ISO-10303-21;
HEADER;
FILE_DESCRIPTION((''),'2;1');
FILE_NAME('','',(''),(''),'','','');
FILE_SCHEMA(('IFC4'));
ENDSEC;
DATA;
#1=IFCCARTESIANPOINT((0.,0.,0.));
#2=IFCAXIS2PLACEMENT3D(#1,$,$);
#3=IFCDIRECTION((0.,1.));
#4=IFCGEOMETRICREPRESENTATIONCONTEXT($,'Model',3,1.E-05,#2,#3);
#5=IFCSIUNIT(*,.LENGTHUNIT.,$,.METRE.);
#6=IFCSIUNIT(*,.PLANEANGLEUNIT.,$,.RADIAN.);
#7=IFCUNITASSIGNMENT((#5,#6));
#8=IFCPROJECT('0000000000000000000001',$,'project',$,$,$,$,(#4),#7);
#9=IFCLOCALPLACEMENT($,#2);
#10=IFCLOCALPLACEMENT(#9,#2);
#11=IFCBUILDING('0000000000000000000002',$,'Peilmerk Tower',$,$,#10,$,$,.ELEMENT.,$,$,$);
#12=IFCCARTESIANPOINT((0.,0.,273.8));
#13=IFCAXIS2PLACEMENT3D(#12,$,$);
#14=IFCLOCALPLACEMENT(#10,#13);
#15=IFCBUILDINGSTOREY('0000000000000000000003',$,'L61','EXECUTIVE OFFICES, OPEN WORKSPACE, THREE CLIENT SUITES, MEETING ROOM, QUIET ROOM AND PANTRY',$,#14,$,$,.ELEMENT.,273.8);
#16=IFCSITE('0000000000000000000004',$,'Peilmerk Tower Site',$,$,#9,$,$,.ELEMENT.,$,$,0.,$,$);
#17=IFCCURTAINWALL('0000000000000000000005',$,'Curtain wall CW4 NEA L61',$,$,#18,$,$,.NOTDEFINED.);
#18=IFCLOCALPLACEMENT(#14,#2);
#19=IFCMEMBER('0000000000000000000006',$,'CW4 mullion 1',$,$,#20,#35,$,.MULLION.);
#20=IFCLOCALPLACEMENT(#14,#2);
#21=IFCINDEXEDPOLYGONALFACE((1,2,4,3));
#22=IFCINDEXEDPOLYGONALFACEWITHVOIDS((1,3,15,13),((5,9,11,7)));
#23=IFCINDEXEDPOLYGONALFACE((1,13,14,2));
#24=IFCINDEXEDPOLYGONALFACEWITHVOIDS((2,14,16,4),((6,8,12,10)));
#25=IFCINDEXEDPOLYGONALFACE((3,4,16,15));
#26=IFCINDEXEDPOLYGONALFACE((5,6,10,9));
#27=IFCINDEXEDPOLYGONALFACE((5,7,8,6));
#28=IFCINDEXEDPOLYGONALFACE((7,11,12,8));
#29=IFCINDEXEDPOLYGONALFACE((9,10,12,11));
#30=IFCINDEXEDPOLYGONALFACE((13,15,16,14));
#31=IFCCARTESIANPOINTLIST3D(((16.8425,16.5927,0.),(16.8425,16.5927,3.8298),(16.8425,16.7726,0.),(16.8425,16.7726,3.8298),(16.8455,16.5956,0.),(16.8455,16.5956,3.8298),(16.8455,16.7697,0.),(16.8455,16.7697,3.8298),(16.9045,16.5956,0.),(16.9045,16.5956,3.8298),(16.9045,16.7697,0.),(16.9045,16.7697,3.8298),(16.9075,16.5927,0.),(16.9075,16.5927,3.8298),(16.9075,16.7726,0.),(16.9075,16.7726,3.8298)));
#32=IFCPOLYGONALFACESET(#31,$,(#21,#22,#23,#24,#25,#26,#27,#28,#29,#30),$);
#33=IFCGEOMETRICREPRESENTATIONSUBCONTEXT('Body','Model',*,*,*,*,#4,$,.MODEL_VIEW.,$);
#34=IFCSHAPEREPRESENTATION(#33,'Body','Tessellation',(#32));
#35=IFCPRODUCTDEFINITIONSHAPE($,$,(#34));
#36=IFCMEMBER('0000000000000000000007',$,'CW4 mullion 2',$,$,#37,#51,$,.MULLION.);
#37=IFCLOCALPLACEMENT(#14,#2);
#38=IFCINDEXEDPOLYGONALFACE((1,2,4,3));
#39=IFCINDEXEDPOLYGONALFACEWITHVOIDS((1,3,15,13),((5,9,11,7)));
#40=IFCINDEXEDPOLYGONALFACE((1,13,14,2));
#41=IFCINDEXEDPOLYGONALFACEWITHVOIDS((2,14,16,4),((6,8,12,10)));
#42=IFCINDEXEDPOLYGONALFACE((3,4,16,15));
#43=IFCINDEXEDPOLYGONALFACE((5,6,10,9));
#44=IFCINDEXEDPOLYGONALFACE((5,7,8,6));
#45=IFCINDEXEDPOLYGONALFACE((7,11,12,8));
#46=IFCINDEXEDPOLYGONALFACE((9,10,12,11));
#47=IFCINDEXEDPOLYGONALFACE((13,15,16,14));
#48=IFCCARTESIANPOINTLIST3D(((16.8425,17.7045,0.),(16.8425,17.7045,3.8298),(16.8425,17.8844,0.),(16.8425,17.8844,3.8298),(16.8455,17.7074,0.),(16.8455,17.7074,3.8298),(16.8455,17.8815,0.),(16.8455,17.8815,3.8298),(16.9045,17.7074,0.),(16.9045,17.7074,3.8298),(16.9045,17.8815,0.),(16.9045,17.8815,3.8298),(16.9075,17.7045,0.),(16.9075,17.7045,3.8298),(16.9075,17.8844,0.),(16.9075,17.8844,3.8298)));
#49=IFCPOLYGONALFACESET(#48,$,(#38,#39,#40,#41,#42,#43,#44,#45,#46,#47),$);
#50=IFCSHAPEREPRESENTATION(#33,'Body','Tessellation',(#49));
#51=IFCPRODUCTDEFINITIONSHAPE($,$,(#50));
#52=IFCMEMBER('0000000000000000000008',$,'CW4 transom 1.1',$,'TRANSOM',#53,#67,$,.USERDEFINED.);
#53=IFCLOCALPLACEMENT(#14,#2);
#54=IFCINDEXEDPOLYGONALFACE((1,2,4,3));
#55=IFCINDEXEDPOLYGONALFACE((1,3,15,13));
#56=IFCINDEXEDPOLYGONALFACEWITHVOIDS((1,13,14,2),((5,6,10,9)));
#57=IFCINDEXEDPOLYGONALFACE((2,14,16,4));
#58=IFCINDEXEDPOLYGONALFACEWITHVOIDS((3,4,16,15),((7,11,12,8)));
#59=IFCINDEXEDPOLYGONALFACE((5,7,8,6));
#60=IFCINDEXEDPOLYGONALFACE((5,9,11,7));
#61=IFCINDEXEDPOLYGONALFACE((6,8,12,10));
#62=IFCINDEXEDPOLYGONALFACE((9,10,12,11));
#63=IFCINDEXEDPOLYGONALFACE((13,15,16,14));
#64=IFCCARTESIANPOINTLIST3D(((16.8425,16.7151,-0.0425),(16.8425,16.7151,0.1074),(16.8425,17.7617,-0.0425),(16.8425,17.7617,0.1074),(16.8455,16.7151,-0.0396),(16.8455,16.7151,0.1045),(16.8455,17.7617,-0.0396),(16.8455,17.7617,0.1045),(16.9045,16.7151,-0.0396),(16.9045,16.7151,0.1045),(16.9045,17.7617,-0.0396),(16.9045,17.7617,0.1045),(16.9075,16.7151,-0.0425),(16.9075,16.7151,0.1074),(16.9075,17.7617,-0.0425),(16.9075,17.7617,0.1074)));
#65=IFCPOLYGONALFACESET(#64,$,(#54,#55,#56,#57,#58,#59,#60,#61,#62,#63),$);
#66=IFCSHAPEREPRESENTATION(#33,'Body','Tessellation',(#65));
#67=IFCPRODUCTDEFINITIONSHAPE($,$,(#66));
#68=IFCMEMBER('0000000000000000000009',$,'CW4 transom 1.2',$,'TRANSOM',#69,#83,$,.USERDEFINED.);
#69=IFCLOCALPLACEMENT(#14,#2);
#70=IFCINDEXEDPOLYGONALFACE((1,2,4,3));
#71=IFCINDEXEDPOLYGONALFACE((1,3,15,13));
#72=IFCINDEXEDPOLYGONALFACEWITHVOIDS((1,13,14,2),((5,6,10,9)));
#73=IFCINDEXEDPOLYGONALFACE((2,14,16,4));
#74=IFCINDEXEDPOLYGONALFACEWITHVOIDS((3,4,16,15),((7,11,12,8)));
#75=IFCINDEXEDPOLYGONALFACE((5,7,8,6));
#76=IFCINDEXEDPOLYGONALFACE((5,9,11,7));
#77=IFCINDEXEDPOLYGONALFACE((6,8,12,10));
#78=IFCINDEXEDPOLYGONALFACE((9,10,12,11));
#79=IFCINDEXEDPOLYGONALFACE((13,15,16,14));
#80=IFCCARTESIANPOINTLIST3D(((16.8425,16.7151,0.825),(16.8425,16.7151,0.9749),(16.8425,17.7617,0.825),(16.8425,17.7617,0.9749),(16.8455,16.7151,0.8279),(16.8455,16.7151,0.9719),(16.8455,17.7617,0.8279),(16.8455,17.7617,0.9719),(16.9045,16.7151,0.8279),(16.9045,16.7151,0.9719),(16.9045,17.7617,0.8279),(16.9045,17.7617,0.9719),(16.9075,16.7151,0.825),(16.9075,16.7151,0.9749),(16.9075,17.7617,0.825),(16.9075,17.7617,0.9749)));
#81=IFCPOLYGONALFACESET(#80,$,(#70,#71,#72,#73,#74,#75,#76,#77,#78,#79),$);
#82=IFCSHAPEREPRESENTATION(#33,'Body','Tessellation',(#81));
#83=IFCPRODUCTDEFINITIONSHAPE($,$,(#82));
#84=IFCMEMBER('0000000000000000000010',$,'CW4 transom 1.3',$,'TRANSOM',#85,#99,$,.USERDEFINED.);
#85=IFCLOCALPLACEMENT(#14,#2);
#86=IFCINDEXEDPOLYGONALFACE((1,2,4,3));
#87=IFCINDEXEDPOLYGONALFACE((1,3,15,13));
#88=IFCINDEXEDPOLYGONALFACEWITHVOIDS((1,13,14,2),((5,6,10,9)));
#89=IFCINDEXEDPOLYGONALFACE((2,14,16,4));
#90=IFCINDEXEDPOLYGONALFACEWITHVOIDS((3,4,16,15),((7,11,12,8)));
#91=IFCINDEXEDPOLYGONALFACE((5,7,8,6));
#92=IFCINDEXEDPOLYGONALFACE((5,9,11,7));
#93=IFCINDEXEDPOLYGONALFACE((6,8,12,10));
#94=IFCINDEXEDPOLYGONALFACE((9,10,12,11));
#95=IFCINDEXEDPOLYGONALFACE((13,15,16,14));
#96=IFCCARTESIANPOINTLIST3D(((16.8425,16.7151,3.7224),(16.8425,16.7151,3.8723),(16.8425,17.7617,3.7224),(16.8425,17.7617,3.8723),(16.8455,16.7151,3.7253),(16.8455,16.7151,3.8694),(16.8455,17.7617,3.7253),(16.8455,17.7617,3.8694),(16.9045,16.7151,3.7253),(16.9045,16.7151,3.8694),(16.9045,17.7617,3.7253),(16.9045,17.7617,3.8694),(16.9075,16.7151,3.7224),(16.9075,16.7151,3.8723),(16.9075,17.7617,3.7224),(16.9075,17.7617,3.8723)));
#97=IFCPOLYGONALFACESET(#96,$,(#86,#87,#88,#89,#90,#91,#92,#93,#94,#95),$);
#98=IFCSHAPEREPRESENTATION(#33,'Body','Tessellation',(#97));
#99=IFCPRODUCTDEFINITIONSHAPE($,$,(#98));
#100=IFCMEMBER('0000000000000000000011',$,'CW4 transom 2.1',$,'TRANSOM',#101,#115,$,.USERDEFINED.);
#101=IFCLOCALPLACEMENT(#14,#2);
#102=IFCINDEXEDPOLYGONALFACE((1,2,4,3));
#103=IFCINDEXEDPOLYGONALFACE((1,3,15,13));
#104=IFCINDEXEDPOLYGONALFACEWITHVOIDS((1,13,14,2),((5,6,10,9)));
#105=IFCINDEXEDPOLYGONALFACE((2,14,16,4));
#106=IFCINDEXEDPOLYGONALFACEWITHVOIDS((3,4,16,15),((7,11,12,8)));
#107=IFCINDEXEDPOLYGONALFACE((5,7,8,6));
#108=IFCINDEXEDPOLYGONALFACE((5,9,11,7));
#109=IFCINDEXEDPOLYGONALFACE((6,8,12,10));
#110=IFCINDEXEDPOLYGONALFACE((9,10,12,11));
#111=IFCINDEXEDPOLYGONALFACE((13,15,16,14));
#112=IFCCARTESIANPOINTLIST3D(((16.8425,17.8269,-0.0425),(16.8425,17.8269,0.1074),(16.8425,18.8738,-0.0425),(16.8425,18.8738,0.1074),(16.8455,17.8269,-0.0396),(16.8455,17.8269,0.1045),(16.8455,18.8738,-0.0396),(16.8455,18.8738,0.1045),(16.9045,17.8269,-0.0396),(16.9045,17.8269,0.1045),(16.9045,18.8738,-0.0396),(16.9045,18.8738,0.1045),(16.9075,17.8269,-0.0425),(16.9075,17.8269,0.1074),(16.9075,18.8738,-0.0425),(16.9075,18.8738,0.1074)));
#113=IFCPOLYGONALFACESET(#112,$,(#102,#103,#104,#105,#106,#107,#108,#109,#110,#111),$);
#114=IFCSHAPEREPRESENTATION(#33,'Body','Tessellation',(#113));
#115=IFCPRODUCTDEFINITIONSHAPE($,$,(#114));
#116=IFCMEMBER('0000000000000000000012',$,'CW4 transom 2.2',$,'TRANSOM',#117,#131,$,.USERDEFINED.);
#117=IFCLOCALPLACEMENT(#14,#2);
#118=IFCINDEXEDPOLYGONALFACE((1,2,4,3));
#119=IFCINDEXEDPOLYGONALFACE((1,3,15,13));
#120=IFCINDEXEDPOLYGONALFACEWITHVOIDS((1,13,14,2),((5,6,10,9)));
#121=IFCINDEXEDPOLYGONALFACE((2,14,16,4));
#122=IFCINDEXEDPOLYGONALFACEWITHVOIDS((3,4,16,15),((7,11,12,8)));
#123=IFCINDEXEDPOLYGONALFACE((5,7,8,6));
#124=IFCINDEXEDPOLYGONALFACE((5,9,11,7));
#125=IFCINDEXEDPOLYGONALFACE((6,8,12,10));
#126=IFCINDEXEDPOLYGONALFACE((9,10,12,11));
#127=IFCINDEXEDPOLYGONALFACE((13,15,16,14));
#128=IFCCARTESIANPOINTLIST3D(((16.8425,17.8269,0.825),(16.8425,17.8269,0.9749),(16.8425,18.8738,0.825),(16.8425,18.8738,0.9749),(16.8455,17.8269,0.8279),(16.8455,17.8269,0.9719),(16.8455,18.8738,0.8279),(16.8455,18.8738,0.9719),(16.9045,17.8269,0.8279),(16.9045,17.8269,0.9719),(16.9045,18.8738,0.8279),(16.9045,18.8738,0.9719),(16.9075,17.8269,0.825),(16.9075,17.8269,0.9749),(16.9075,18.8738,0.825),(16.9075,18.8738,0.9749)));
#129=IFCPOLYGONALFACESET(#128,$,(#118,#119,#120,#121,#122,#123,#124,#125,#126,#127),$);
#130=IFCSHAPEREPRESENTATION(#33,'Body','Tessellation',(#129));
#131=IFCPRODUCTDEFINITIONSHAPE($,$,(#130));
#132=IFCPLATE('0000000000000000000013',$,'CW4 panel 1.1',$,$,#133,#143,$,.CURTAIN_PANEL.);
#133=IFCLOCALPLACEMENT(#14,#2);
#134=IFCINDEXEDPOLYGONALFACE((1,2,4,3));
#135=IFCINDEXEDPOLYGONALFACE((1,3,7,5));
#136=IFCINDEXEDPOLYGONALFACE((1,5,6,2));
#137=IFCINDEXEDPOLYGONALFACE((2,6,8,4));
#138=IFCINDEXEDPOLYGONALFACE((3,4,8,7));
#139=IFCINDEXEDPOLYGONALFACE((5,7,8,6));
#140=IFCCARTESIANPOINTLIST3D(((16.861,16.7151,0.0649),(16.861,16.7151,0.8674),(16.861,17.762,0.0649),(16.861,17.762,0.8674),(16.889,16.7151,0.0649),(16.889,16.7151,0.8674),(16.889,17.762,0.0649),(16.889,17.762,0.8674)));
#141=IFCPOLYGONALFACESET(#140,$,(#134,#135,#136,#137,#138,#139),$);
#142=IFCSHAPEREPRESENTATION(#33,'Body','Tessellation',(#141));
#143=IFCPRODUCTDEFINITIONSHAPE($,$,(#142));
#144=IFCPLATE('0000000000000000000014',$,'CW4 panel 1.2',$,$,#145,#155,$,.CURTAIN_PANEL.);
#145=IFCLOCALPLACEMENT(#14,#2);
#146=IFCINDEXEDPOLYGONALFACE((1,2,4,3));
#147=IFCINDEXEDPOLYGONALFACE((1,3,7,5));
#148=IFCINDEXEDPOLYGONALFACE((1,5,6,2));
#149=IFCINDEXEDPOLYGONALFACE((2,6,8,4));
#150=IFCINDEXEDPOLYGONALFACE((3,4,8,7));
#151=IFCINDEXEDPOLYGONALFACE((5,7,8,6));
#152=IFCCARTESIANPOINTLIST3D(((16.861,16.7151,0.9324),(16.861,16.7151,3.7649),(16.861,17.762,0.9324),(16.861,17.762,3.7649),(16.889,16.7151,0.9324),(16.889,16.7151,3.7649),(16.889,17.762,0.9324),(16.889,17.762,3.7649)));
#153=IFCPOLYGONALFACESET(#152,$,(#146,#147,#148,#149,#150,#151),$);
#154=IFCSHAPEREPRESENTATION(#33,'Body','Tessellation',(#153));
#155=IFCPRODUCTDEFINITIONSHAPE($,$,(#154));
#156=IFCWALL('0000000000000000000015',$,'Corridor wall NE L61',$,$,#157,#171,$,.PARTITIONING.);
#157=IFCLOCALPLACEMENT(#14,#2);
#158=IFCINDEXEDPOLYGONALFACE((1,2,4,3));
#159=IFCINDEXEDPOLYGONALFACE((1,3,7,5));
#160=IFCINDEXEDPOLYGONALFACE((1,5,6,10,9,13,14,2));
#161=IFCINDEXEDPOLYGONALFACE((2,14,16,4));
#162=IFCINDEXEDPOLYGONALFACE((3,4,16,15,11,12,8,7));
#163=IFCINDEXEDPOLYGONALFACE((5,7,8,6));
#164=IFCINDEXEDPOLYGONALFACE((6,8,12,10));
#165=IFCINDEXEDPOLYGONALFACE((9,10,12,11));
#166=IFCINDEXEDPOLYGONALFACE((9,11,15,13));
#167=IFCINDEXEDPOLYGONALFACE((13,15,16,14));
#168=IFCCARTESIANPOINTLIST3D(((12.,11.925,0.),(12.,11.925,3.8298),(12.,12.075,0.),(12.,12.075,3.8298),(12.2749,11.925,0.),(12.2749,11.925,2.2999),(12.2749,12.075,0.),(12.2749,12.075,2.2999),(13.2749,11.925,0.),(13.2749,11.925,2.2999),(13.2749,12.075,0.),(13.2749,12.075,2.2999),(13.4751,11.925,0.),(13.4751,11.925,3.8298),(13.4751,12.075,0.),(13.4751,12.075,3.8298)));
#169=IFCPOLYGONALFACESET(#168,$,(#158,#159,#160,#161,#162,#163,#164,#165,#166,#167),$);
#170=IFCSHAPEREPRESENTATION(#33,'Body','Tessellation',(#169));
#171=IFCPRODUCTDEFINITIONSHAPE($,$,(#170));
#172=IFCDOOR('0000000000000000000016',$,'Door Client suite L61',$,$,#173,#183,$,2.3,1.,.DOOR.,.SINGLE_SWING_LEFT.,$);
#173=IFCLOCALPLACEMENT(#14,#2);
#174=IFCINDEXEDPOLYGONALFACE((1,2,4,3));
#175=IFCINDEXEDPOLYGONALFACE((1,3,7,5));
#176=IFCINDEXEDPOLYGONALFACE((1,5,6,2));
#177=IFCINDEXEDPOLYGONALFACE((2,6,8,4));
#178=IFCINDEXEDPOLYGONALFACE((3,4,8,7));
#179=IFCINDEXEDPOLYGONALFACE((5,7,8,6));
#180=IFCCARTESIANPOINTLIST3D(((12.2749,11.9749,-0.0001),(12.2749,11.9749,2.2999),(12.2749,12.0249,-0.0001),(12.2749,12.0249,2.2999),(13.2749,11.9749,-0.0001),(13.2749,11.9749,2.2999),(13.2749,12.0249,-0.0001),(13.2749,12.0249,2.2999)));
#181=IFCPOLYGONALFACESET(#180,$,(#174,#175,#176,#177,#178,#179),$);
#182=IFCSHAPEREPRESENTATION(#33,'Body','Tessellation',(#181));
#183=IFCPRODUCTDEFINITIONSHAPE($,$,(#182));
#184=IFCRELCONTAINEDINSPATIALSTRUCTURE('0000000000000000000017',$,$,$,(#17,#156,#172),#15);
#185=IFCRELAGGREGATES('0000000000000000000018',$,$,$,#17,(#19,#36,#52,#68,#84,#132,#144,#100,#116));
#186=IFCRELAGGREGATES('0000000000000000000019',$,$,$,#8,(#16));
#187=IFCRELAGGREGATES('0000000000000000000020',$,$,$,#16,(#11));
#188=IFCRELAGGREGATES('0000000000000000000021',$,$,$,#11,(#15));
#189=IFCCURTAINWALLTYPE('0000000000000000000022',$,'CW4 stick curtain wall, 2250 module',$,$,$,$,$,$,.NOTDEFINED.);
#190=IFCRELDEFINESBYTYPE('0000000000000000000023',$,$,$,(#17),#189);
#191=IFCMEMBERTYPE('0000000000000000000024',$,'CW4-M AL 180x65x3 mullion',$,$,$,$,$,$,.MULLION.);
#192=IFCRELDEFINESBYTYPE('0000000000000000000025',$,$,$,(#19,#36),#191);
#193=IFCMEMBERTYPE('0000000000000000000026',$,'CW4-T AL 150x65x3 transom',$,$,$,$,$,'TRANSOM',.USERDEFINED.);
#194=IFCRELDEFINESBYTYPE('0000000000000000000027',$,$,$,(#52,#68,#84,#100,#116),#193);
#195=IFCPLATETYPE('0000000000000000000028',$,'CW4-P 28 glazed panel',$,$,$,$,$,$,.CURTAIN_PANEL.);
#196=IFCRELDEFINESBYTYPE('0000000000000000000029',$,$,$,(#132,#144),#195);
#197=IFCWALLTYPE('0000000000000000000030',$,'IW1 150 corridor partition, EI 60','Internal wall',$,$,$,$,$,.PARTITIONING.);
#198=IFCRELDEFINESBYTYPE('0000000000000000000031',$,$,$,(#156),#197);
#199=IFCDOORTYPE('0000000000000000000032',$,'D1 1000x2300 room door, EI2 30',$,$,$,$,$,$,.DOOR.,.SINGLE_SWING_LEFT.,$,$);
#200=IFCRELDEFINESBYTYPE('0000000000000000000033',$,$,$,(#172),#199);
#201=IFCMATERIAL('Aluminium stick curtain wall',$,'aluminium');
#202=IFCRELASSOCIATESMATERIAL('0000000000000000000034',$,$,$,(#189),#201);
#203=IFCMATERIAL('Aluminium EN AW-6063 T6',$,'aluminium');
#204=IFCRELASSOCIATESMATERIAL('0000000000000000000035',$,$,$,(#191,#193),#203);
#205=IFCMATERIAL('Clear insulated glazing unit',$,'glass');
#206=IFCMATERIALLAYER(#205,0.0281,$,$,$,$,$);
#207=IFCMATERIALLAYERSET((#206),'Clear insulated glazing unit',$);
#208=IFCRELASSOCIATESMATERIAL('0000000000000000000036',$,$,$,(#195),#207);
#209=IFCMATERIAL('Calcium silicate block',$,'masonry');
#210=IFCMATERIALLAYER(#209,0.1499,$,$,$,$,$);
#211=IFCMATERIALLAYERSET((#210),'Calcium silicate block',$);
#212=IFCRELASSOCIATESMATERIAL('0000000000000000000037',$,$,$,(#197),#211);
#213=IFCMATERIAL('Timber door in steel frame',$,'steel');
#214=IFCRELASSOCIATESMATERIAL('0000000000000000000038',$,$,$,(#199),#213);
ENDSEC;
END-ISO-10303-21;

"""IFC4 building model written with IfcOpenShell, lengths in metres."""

from ifc_helpers import new_model, si_unit, direction, frame, frame_2d, origin, origin_2d, place, context, subcontext, project, spatial, rectangle, hollow_rectangle, extrude, material, layer, layer_set, material_profile, profile_set, type_object, element, fill, aggregate, save


model = new_model("IFC4")

# Units and contexts
model_context = context("Model", 3, precision=1e-05, world=origin(), true_north=direction((0.0, 1.0)))
body_context = subcontext(model_context, "Body", "Model", "MODEL_VIEW")
ifc_project = project(units=[si_unit("LENGTHUNIT", "METRE"), si_unit("PLANEANGLEUNIT", "RADIAN")], contexts=[model_context])

# Site, building, storey
site_placement = place(None, origin())
site = spatial("IfcSite", under=ifc_project, at=site_placement, Name="Peilmerk Tower Site", CompositionType="ELEMENT", RefElevation=0.0)
building_placement = place(site_placement, origin())
building = spatial("IfcBuilding", under=site, at=building_placement, Name="Peilmerk Tower", CompositionType="ELEMENT")
storey_placement = place(building_placement, frame((0.0, 0.0, 273.8)))
storey = spatial("IfcBuildingStorey", under=building, at=storey_placement, Name="L61", Description="EXECUTIVE OFFICES, OPEN WORKSPACE, THREE CLIENT SUITES, MEETING ROOM, QUIET ROOM AND PANTRY", CompositionType="ELEMENT", Elevation=273.8)

# Curtain wall, members, plates
ifc_material_1 = material(Name="Aluminium stick curtain wall", Category="aluminium")
curtain_wall_type = type_object("IfcCurtainWallType", Name="CW4 stick curtain wall, 2250 module", PredefinedType="NOTDEFINED", material=ifc_material_1)
curtain_wall_placement = place(storey_placement, origin())
curtain_wall = element("IfcCurtainWall", 1, at=curtain_wall_placement, inside=storey, type_object=curtain_wall_type, Name="Curtain wall CW4 NEA L61", PredefinedType="NOTDEFINED")
ifc_material_2 = material(Name="Aluminium EN AW-6063 T6", Category="aluminium")
ifc_material_profile_1 = material_profile(ifc_material_2, hollow_rectangle(XDim=0.0649, YDim=0.1799, WallThickness=0.0029, at=origin_2d()), Name="AL 180x65x3")
ifc_profile_set_1 = profile_set([ifc_material_profile_1], Name="Aluminium EN AW-6063 T6")
member_type_1 = type_object("IfcMemberType", Name="CW4-M AL 180x65x3 mullion", PredefinedType="MULLION", material=ifc_profile_set_1)
member_1_placement = place(storey_placement, frame((16.875, 16.6826, 0.0), z_axis=(0.0, 0.0, 1.0), x_axis=(-1.0, 0.0, 0.0)))
member_1 = element("IfcMember", 2, at=member_1_placement, type_object=member_type_1, Name="CW4 mullion 1", PredefinedType="MULLION", context=body_context, shape_type="SweptSolid", body=[
    extrude(hollow_rectangle(XDim=0.0649, YDim=0.1799, WallThickness=0.0029, at=origin_2d()), origin(), (0.0, 0.0, 1.0), 3.8298),
])
member_2_placement = place(storey_placement, frame((16.875, 17.7944, 0.0), z_axis=(0.0, 0.0, 1.0), x_axis=(-1.0, 0.0, 0.0)))
member_2 = element("IfcMember", 3, at=member_2_placement, type_object=member_type_1, Name="CW4 mullion 2", PredefinedType="MULLION", context=body_context, shape_type="SweptSolid", body=[
    extrude(hollow_rectangle(XDim=0.0649, YDim=0.1799, WallThickness=0.0029, at=origin_2d()), origin(), (0.0, 0.0, 1.0), 3.8298),
])
ifc_material_profile_2 = material_profile(ifc_material_2, hollow_rectangle(XDim=0.0649, YDim=0.1499, WallThickness=0.0029, at=origin_2d()), Name="AL 150x65x3")
ifc_profile_set_2 = profile_set([ifc_material_profile_2], Name="Aluminium EN AW-6063 T6")
member_type_2 = type_object("IfcMemberType", Name="CW4-T AL 150x65x3 transom", ElementType="TRANSOM", PredefinedType="USERDEFINED", material=ifc_profile_set_2)
member_3_placement = place(storey_placement, frame((16.875, 16.7151, 0.0325), z_axis=(0.0, 1.0, 0.0), x_axis=(-1.0, 0.0, 0.0)))
member_3 = element("IfcMember", 4, at=member_3_placement, type_object=member_type_2, Name="CW4 transom 1.1", ObjectType="TRANSOM", PredefinedType="USERDEFINED", context=body_context, shape_type="SweptSolid", body=[
    extrude(hollow_rectangle(XDim=0.0649, YDim=0.1499, WallThickness=0.0029, at=origin_2d()), origin(), (0.0, 0.0, 1.0), 1.0466),
])
member_4_placement = place(storey_placement, frame((16.875, 16.7151, 0.8999), z_axis=(0.0, 1.0, 0.0), x_axis=(-1.0, 0.0, 0.0)))
member_4 = element("IfcMember", 5, at=member_4_placement, type_object=member_type_2, Name="CW4 transom 1.2", ObjectType="TRANSOM", PredefinedType="USERDEFINED", context=body_context, shape_type="SweptSolid", body=[
    extrude(hollow_rectangle(XDim=0.0649, YDim=0.1499, WallThickness=0.0029, at=origin_2d()), origin(), (0.0, 0.0, 1.0), 1.0466),
])
member_5_placement = place(storey_placement, frame((16.875, 16.7151, 3.7974), z_axis=(0.0, 1.0, 0.0), x_axis=(-1.0, 0.0, 0.0)))
member_5 = element("IfcMember", 6, at=member_5_placement, type_object=member_type_2, Name="CW4 transom 1.3", ObjectType="TRANSOM", PredefinedType="USERDEFINED", context=body_context, shape_type="SweptSolid", body=[
    extrude(hollow_rectangle(XDim=0.0649, YDim=0.1499, WallThickness=0.0029, at=origin_2d()), origin(), (0.0, 0.0, 1.0), 1.0466),
])
member_6_placement = place(storey_placement, frame((16.875, 17.8269, 0.0325), z_axis=(0.0, 1.0, 0.0), x_axis=(-1.0, 0.0, 0.0)))
member_6 = element("IfcMember", 7, at=member_6_placement, type_object=member_type_2, Name="CW4 transom 2.1", ObjectType="TRANSOM", PredefinedType="USERDEFINED", context=body_context, shape_type="SweptSolid", body=[
    extrude(hollow_rectangle(XDim=0.0649, YDim=0.1499, WallThickness=0.0029, at=origin_2d()), origin(), (0.0, 0.0, 1.0), 1.0469),
])
member_7_placement = place(storey_placement, frame((16.875, 17.8269, 0.8999), z_axis=(0.0, 1.0, 0.0), x_axis=(-1.0, 0.0, 0.0)))
member_7 = element("IfcMember", 8, at=member_7_placement, type_object=member_type_2, Name="CW4 transom 2.2", ObjectType="TRANSOM", PredefinedType="USERDEFINED", context=body_context, shape_type="SweptSolid", body=[
    extrude(hollow_rectangle(XDim=0.0649, YDim=0.1499, WallThickness=0.0029, at=origin_2d()), origin(), (0.0, 0.0, 1.0), 1.0469),
])
ifc_material_3 = material(Name="Clear insulated glazing unit", Category="glass")
ifc_layer_1 = layer(ifc_material_3, 0.0281)
ifc_layer_set_1 = layer_set([ifc_layer_1], Name="Clear insulated glazing unit")
plate_type = type_object("IfcPlateType", Name="CW4-P 28 glazed panel", PredefinedType="CURTAIN_PANEL", material=ifc_layer_set_1)
plate_1_placement = place(storey_placement, frame((16.875, 17.2385, 0.0649), z_axis=(0.0, 0.0, 1.0), x_axis=(0.0, 1.0, 0.0)))
plate_1 = element("IfcPlate", 9, at=plate_1_placement, type_object=plate_type, Name="CW4 panel 1.1", PredefinedType="CURTAIN_PANEL", context=body_context, shape_type="SweptSolid", body=[
    extrude(rectangle(XDim=1.0469, YDim=0.0281, at=origin_2d()), origin(), (0.0, 0.0, 1.0), 0.8025),
])
plate_2_placement = place(storey_placement, frame((16.875, 17.2385, 0.9324), z_axis=(0.0, 0.0, 1.0), x_axis=(0.0, 1.0, 0.0)))
plate_2 = element("IfcPlate", 10, at=plate_2_placement, type_object=plate_type, Name="CW4 panel 1.2", PredefinedType="CURTAIN_PANEL", context=body_context, shape_type="SweptSolid", body=[
    extrude(rectangle(XDim=1.0469, YDim=0.0281, at=origin_2d()), origin(), (0.0, 0.0, 1.0), 2.8325),
])
aggregate(curtain_wall, [member_1, member_2, member_3, member_4, member_5, plate_1, plate_2, member_6, member_7])

# Wall, opening, door
ifc_material_4 = material(Name="Calcium silicate block", Category="masonry")
ifc_layer_2 = layer(ifc_material_4, 0.1499)
ifc_layer_set_2 = layer_set([ifc_layer_2], Name="Calcium silicate block")
wall_type_1 = type_object("IfcWallType", Name="IW1 150 corridor partition, EI 60", Description="Internal wall", PredefinedType="PARTITIONING", material=ifc_layer_set_2)
wall_1_placement = place(storey_placement, frame((12.0, 12.0, 0.0), z_axis=(0.0, 0.0, 1.0), x_axis=(1.0, 0.0, 0.0)))
wall_1 = element("IfcWall", 11, at=wall_1_placement, inside=storey, type_object=wall_type_1, Name="Corridor wall NE L61", PredefinedType="PARTITIONING", context=body_context, shape_type="SweptSolid", body=[
    extrude(rectangle(XDim=1.4751, YDim=0.1499, at=frame_2d((0.7375, 0.0))), origin(), (0.0, 0.0, 1.0), 3.8298),
])
opening_placement = place(wall_1_placement, frame((0.2749, 0.0, 0.0)))
opening = element("IfcOpeningElement", 12, at=opening_placement, cuts=wall_1, PredefinedType="OPENING", context=body_context, shape_type="SweptSolid", body=[
    extrude(rectangle(XDim=1.0, YDim=2.3, at=frame_2d((0.5, 1.1499))), frame((0.0, 0.085, 0.0), z_axis=(0.0, -1.0, 0.0), x_axis=(1.0, 0.0, 0.0)), (0.0, 0.0, 1.0), 0.1699),
])
ifc_material_5 = material(Name="Timber door in steel frame", Category="steel")
door_type = type_object("IfcDoorType", Name="D1 1000x2300 room door, EI2 30", OperationType="SINGLE_SWING_LEFT", PredefinedType="DOOR", material=ifc_material_5)
door_placement = place(opening_placement, origin())
door = element("IfcDoor", 13, at=door_placement, inside=storey, type_object=door_type, Name="Door Client suite L61", OperationType="SINGLE_SWING_LEFT", OverallHeight=2.3, OverallWidth=1.0, PredefinedType="DOOR", context=body_context, shape_type="SweptSolid", body=[
    extrude(rectangle(XDim=1.0, YDim=2.3, at=frame_2d((0.5, 1.1499))), frame((0.0, 0.0249, 0.0), z_axis=(0.0, -1.0, 0.0), x_axis=(1.0, 0.0, 0.0)), (0.0, 0.0, 1.0), 0.05),
])
fill(opening, door)

save(model, "model.ifc")
